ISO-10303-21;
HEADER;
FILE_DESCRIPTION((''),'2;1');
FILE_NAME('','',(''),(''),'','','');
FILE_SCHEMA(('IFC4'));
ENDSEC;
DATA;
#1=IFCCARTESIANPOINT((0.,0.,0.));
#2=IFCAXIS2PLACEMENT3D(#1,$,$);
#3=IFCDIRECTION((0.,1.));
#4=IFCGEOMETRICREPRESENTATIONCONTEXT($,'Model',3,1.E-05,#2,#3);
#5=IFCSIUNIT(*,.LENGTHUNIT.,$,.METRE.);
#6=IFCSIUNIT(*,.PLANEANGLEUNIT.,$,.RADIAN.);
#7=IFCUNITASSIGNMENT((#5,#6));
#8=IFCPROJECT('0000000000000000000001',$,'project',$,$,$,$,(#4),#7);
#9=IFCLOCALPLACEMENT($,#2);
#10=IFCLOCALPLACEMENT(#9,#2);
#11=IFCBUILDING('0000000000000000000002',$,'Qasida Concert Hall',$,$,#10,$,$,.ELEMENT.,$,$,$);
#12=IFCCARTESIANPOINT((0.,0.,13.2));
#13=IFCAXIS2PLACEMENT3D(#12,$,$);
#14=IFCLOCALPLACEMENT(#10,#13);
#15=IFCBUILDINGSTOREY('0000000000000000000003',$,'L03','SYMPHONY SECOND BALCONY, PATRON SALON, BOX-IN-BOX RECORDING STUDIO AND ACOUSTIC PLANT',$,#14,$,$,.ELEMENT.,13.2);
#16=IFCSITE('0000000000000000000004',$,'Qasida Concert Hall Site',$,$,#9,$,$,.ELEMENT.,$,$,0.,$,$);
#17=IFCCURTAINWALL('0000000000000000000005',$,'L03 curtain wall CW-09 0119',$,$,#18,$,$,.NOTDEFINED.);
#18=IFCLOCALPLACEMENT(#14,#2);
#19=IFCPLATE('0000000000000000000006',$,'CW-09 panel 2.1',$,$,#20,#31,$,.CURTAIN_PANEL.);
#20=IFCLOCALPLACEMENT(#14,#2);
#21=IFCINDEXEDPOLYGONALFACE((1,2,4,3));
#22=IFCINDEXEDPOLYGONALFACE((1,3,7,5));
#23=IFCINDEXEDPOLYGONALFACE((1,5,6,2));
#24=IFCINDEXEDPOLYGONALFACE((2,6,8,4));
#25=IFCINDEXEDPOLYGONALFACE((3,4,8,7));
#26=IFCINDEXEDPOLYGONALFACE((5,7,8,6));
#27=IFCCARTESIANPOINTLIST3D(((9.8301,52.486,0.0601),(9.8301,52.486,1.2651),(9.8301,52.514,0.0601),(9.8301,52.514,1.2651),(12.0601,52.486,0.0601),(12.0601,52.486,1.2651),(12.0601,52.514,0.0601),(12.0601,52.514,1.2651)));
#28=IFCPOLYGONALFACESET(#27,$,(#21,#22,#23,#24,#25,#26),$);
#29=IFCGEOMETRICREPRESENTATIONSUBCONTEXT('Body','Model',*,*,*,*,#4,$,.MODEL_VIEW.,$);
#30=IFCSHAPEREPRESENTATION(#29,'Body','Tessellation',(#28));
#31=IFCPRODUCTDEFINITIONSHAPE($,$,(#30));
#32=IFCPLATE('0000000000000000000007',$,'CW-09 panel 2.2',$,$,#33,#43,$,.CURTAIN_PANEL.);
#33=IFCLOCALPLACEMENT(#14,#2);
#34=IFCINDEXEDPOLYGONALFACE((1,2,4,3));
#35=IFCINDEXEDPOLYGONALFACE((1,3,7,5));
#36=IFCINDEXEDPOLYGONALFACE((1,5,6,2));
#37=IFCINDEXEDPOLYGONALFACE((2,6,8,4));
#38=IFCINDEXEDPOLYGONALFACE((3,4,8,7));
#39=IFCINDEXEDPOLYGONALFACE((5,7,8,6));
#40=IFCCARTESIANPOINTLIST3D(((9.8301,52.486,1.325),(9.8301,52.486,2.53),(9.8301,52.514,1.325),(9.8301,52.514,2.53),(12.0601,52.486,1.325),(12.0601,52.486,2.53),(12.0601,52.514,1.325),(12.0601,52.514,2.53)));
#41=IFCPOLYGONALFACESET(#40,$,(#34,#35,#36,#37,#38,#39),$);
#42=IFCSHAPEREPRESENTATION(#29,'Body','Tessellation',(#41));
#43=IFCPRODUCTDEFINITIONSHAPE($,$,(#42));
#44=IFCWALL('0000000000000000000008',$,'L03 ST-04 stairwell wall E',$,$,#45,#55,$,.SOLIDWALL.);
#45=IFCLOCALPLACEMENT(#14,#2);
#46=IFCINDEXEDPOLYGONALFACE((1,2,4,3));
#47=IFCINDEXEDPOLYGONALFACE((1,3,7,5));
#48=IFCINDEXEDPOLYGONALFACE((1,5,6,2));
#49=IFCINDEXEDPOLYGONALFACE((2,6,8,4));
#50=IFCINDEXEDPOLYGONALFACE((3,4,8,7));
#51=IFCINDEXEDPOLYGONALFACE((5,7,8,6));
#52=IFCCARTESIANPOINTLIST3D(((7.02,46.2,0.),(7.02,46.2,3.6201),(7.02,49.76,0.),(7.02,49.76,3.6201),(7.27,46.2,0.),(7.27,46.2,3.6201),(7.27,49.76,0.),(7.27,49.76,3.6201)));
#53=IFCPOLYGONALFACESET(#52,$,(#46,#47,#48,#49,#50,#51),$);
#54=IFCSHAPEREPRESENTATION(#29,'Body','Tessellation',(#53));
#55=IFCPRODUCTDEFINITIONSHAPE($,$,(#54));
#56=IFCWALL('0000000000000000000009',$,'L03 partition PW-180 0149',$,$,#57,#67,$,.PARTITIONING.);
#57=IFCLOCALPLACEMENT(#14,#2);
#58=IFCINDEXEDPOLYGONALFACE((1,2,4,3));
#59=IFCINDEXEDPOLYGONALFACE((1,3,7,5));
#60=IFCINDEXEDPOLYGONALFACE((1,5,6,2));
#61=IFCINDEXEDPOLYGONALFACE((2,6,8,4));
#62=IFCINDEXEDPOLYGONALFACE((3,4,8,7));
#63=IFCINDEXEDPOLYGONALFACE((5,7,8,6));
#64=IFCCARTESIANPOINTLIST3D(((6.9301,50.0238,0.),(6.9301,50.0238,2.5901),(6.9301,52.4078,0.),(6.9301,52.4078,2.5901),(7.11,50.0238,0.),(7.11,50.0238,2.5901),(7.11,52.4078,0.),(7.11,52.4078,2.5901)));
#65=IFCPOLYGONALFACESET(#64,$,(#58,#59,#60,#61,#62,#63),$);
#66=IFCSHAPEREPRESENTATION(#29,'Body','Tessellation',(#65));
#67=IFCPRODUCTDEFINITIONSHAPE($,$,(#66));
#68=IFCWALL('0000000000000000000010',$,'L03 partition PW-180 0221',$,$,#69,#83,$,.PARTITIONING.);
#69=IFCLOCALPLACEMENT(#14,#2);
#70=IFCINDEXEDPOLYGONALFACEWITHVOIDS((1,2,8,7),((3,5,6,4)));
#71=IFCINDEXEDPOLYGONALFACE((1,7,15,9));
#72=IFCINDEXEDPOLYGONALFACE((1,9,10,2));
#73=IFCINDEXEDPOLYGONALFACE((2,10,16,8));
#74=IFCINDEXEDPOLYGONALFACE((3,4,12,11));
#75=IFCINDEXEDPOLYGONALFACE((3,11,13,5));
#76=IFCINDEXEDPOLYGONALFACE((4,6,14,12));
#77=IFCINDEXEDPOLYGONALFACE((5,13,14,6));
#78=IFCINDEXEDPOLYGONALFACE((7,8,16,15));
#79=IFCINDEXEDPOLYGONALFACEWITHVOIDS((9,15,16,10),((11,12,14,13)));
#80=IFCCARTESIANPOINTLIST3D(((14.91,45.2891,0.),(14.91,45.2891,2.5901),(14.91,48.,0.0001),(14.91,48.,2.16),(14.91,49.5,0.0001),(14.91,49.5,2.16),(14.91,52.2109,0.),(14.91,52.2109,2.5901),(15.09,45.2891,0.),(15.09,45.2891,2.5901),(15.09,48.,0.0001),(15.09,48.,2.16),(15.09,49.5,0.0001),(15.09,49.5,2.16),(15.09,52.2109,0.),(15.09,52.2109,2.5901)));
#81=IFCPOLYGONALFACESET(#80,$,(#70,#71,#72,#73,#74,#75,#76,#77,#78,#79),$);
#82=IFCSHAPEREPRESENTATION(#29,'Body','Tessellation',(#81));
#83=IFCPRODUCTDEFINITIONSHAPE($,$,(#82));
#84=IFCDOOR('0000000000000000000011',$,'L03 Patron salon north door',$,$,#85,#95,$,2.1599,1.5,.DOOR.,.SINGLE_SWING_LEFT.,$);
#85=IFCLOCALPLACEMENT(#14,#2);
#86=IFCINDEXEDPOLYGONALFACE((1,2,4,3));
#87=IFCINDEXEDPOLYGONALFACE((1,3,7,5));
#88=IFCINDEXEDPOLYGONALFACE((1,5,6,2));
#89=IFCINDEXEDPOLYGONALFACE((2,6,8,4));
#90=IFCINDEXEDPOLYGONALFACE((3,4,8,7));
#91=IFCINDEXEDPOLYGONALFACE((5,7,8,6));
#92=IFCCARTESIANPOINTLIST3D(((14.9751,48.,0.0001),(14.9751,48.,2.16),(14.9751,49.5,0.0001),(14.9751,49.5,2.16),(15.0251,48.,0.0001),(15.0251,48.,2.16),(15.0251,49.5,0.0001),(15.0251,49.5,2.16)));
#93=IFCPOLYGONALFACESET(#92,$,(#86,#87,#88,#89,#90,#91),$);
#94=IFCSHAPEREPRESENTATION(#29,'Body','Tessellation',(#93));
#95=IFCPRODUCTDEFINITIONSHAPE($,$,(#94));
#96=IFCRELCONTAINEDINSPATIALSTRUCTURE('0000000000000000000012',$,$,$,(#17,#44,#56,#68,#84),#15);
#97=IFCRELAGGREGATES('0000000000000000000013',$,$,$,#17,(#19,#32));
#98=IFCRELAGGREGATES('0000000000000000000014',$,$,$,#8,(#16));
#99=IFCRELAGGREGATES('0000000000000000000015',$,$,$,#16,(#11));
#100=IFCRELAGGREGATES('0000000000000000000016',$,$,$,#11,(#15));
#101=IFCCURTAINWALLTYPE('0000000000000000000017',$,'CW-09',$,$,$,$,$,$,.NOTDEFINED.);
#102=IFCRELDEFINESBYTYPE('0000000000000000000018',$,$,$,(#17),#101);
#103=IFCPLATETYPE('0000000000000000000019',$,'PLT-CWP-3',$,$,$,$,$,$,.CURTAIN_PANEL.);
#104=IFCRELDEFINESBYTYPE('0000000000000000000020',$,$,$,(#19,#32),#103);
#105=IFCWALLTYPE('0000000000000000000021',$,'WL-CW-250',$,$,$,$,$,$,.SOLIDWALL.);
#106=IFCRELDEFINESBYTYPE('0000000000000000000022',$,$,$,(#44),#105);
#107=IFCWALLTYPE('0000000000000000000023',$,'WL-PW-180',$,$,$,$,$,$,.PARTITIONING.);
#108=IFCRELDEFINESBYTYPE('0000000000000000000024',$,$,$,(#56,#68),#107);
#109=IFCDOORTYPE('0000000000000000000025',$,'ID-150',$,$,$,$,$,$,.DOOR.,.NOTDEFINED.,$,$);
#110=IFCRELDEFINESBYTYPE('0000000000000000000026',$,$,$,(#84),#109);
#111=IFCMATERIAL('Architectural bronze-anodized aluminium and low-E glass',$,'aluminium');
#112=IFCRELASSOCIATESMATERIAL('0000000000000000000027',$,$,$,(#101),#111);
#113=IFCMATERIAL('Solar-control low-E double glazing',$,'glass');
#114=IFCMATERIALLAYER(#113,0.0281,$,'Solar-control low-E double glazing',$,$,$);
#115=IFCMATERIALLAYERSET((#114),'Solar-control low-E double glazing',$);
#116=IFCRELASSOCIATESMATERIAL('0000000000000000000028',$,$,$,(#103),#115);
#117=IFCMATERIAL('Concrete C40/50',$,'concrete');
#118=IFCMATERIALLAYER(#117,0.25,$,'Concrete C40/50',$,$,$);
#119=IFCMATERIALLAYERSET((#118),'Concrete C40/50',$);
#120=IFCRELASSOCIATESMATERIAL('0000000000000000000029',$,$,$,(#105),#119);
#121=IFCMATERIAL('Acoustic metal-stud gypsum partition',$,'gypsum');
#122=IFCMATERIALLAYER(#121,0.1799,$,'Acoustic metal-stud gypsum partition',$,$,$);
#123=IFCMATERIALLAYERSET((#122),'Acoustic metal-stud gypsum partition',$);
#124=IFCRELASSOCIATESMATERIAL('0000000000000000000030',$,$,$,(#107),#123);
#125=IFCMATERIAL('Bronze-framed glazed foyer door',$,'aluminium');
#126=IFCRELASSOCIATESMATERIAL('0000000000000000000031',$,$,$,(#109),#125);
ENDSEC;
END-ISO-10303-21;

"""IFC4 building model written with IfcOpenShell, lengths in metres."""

from ifc_helpers import new_model, si_unit, direction, frame, frame_2d, origin, origin_2d, place, context, subcontext, project, spatial, rectangle, extrude, material, layer, layer_set, type_object, element, fill, aggregate, save


model = new_model("IFC4")

# Units and contexts
model_context = context("Model", 3, precision=1e-05, world=origin(), true_north=direction((0.0, 1.0)))
body_context = subcontext(model_context, "Body", "Model", "MODEL_VIEW")
ifc_project = project(units=[si_unit("LENGTHUNIT", "METRE"), si_unit("PLANEANGLEUNIT", "RADIAN")], contexts=[model_context])

# Site, building, storey
site_placement = place(None, origin())
site = spatial("IfcSite", under=ifc_project, at=site_placement, Name="Qasida Concert Hall Site", CompositionType="ELEMENT", RefElevation=0.0)
building_placement = place(site_placement, origin())
building = spatial("IfcBuilding", under=site, at=building_placement, Name="Qasida Concert Hall", CompositionType="ELEMENT")
storey_placement = place(building_placement, frame((0.0, 0.0, 13.2)))
storey = spatial("IfcBuildingStorey", under=building, at=storey_placement, Name="L03", Description="SYMPHONY SECOND BALCONY, PATRON SALON, BOX-IN-BOX RECORDING STUDIO AND ACOUSTIC PLANT", CompositionType="ELEMENT", Elevation=13.2)

# Shared definitions
ifc_material_1 = material(Name="Concrete C40/50", Category="concrete")

# Curtain wall
ifc_material_2 = material(Name="Architectural bronze-anodized aluminium and low-E glass", Category="aluminium")
curtain_wall_type = type_object("IfcCurtainWallType", Name="CW-09", PredefinedType="NOTDEFINED", material=ifc_material_2)
curtain_wall_1_placement = place(storey_placement, origin())
curtain_wall_1 = element("IfcCurtainWall", 1, at=curtain_wall_1_placement, inside=storey, type_object=curtain_wall_type, Name="L03 curtain wall CW-09 0119", PredefinedType="NOTDEFINED")

# Plates
ifc_material_3 = material(Name="Solar-control low-E double glazing", Category="glass")
ifc_layer_1 = layer(ifc_material_3, 0.0281, Name="Solar-control low-E double glazing")
ifc_layer_set_1 = layer_set([ifc_layer_1], Name="Solar-control low-E double glazing")
plate_type = type_object("IfcPlateType", Name="PLT-CWP-3", PredefinedType="CURTAIN_PANEL", material=ifc_layer_set_1)
plate_1_placement = place(storey_placement, frame((10.9451, 52.5, 0.0601), z_axis=(0.0, 0.0, 1.0), x_axis=(1.0, 0.0, 0.0)))
plate_1 = element("IfcPlate", 2, at=plate_1_placement, type_object=plate_type, Name="CW-09 panel 2.1", PredefinedType="CURTAIN_PANEL", context=body_context, shape_type="SweptSolid", body=[
    extrude(rectangle(XDim=2.23, YDim=0.0281, at=origin_2d()), origin(), (0.0, 0.0, 1.0), 1.2051),
])
plate_2_placement = place(storey_placement, frame((10.9451, 52.5, 1.325), z_axis=(0.0, 0.0, 1.0), x_axis=(1.0, 0.0, 0.0)))
plate_2 = element("IfcPlate", 3, at=plate_2_placement, type_object=plate_type, Name="CW-09 panel 2.2", PredefinedType="CURTAIN_PANEL", context=body_context, shape_type="SweptSolid", body=[
    extrude(rectangle(XDim=2.23, YDim=0.0281, at=origin_2d()), origin(), (0.0, 0.0, 1.0), 1.2051),
])
aggregate(curtain_wall_1, [plate_1, plate_2])

# Walls
ifc_layer_2 = layer(ifc_material_1, 0.25, Name="Concrete C40/50")
ifc_layer_set_2 = layer_set([ifc_layer_2], Name="Concrete C40/50")
wall_type_1 = type_object("IfcWallType", Name="WL-CW-250", PredefinedType="SOLIDWALL", material=ifc_layer_set_2)
wall_1_placement = place(storey_placement, frame((7.145, 46.2, 0.0), z_axis=(0.0, 0.0, 1.0), x_axis=(0.0, 1.0, 0.0)))
element("IfcWall", 4, at=wall_1_placement, inside=storey, type_object=wall_type_1, Name="L03 ST-04 stairwell wall E", PredefinedType="SOLIDWALL", context=body_context, shape_type="SweptSolid", body=[
    extrude(rectangle(XDim=3.5601, YDim=0.25, at=frame_2d((1.78, 0.0))), origin(), (0.0, 0.0, 1.0), 3.6201),
])
ifc_material_4 = material(Name="Acoustic metal-stud gypsum partition", Category="gypsum")
ifc_layer_3 = layer(ifc_material_4, 0.1799, Name="Acoustic metal-stud gypsum partition")
ifc_layer_set_3 = layer_set([ifc_layer_3], Name="Acoustic metal-stud gypsum partition")
wall_type_2 = type_object("IfcWallType", Name="WL-PW-180", PredefinedType="PARTITIONING", material=ifc_layer_set_3)
wall_2_placement = place(storey_placement, frame((7.02, 50.0239, 0.0), z_axis=(0.0, 0.0, 1.0), x_axis=(0.0, 1.0, 0.0)))
element("IfcWall", 5, at=wall_2_placement, inside=storey, type_object=wall_type_2, Name="L03 partition PW-180 0149", PredefinedType="PARTITIONING", context=body_context, shape_type="SweptSolid", body=[
    extrude(rectangle(XDim=2.384, YDim=0.1799, at=frame_2d((1.1919, 0.0))), origin(), (0.0, 0.0, 1.0), 2.5901),
])

# Wall, opening, door
wall_3_placement = place(storey_placement, frame((15.0, 45.2891, 0.0), z_axis=(0.0, 0.0, 1.0), x_axis=(0.0, 1.0, 0.0)))
wall_3 = element("IfcWall", 6, at=wall_3_placement, inside=storey, type_object=wall_type_2, Name="L03 partition PW-180 0221", PredefinedType="PARTITIONING", context=body_context, shape_type="SweptSolid", body=[
    extrude(rectangle(XDim=6.9219, YDim=0.1799, at=frame_2d((3.4609, 0.0))), origin(), (0.0, 0.0, 1.0), 2.5901),
])
opening_placement = place(wall_3_placement, frame((2.7109, 0.0, 0.0)))
opening = element("IfcOpeningElement", 7, at=opening_placement, cuts=wall_3, PredefinedType="OPENING", context=body_context, shape_type="SweptSolid", body=[
    extrude(rectangle(XDim=1.5, YDim=2.1599, at=frame_2d((0.75, 1.0801))), frame((0.0, 0.0999, 0.0), z_axis=(0.0, -1.0, 0.0), x_axis=(1.0, 0.0, 0.0)), (0.0, 0.0, 1.0), 0.2),
])
ifc_material_5 = material(Name="Bronze-framed glazed foyer door", Category="aluminium")
door_type = type_object("IfcDoorType", Name="ID-150", OperationType="NOTDEFINED", PredefinedType="DOOR", material=ifc_material_5)
door_placement = place(opening_placement, origin())
door = element("IfcDoor", 8, at=door_placement, inside=storey, type_object=door_type, Name="L03 Patron salon north door", OperationType="SINGLE_SWING_LEFT", OverallHeight=2.1599, OverallWidth=1.5, PredefinedType="DOOR", context=body_context, shape_type="SweptSolid", body=[
    extrude(rectangle(XDim=1.5, YDim=2.1599, at=frame_2d((0.75, 1.0801))), frame((0.0, 0.0249, 0.0), z_axis=(0.0, -1.0, 0.0), x_axis=(1.0, 0.0, 0.0)), (0.0, 0.0, 1.0), 0.05),
])
fill(opening, door)

save(model, "model.ifc")
